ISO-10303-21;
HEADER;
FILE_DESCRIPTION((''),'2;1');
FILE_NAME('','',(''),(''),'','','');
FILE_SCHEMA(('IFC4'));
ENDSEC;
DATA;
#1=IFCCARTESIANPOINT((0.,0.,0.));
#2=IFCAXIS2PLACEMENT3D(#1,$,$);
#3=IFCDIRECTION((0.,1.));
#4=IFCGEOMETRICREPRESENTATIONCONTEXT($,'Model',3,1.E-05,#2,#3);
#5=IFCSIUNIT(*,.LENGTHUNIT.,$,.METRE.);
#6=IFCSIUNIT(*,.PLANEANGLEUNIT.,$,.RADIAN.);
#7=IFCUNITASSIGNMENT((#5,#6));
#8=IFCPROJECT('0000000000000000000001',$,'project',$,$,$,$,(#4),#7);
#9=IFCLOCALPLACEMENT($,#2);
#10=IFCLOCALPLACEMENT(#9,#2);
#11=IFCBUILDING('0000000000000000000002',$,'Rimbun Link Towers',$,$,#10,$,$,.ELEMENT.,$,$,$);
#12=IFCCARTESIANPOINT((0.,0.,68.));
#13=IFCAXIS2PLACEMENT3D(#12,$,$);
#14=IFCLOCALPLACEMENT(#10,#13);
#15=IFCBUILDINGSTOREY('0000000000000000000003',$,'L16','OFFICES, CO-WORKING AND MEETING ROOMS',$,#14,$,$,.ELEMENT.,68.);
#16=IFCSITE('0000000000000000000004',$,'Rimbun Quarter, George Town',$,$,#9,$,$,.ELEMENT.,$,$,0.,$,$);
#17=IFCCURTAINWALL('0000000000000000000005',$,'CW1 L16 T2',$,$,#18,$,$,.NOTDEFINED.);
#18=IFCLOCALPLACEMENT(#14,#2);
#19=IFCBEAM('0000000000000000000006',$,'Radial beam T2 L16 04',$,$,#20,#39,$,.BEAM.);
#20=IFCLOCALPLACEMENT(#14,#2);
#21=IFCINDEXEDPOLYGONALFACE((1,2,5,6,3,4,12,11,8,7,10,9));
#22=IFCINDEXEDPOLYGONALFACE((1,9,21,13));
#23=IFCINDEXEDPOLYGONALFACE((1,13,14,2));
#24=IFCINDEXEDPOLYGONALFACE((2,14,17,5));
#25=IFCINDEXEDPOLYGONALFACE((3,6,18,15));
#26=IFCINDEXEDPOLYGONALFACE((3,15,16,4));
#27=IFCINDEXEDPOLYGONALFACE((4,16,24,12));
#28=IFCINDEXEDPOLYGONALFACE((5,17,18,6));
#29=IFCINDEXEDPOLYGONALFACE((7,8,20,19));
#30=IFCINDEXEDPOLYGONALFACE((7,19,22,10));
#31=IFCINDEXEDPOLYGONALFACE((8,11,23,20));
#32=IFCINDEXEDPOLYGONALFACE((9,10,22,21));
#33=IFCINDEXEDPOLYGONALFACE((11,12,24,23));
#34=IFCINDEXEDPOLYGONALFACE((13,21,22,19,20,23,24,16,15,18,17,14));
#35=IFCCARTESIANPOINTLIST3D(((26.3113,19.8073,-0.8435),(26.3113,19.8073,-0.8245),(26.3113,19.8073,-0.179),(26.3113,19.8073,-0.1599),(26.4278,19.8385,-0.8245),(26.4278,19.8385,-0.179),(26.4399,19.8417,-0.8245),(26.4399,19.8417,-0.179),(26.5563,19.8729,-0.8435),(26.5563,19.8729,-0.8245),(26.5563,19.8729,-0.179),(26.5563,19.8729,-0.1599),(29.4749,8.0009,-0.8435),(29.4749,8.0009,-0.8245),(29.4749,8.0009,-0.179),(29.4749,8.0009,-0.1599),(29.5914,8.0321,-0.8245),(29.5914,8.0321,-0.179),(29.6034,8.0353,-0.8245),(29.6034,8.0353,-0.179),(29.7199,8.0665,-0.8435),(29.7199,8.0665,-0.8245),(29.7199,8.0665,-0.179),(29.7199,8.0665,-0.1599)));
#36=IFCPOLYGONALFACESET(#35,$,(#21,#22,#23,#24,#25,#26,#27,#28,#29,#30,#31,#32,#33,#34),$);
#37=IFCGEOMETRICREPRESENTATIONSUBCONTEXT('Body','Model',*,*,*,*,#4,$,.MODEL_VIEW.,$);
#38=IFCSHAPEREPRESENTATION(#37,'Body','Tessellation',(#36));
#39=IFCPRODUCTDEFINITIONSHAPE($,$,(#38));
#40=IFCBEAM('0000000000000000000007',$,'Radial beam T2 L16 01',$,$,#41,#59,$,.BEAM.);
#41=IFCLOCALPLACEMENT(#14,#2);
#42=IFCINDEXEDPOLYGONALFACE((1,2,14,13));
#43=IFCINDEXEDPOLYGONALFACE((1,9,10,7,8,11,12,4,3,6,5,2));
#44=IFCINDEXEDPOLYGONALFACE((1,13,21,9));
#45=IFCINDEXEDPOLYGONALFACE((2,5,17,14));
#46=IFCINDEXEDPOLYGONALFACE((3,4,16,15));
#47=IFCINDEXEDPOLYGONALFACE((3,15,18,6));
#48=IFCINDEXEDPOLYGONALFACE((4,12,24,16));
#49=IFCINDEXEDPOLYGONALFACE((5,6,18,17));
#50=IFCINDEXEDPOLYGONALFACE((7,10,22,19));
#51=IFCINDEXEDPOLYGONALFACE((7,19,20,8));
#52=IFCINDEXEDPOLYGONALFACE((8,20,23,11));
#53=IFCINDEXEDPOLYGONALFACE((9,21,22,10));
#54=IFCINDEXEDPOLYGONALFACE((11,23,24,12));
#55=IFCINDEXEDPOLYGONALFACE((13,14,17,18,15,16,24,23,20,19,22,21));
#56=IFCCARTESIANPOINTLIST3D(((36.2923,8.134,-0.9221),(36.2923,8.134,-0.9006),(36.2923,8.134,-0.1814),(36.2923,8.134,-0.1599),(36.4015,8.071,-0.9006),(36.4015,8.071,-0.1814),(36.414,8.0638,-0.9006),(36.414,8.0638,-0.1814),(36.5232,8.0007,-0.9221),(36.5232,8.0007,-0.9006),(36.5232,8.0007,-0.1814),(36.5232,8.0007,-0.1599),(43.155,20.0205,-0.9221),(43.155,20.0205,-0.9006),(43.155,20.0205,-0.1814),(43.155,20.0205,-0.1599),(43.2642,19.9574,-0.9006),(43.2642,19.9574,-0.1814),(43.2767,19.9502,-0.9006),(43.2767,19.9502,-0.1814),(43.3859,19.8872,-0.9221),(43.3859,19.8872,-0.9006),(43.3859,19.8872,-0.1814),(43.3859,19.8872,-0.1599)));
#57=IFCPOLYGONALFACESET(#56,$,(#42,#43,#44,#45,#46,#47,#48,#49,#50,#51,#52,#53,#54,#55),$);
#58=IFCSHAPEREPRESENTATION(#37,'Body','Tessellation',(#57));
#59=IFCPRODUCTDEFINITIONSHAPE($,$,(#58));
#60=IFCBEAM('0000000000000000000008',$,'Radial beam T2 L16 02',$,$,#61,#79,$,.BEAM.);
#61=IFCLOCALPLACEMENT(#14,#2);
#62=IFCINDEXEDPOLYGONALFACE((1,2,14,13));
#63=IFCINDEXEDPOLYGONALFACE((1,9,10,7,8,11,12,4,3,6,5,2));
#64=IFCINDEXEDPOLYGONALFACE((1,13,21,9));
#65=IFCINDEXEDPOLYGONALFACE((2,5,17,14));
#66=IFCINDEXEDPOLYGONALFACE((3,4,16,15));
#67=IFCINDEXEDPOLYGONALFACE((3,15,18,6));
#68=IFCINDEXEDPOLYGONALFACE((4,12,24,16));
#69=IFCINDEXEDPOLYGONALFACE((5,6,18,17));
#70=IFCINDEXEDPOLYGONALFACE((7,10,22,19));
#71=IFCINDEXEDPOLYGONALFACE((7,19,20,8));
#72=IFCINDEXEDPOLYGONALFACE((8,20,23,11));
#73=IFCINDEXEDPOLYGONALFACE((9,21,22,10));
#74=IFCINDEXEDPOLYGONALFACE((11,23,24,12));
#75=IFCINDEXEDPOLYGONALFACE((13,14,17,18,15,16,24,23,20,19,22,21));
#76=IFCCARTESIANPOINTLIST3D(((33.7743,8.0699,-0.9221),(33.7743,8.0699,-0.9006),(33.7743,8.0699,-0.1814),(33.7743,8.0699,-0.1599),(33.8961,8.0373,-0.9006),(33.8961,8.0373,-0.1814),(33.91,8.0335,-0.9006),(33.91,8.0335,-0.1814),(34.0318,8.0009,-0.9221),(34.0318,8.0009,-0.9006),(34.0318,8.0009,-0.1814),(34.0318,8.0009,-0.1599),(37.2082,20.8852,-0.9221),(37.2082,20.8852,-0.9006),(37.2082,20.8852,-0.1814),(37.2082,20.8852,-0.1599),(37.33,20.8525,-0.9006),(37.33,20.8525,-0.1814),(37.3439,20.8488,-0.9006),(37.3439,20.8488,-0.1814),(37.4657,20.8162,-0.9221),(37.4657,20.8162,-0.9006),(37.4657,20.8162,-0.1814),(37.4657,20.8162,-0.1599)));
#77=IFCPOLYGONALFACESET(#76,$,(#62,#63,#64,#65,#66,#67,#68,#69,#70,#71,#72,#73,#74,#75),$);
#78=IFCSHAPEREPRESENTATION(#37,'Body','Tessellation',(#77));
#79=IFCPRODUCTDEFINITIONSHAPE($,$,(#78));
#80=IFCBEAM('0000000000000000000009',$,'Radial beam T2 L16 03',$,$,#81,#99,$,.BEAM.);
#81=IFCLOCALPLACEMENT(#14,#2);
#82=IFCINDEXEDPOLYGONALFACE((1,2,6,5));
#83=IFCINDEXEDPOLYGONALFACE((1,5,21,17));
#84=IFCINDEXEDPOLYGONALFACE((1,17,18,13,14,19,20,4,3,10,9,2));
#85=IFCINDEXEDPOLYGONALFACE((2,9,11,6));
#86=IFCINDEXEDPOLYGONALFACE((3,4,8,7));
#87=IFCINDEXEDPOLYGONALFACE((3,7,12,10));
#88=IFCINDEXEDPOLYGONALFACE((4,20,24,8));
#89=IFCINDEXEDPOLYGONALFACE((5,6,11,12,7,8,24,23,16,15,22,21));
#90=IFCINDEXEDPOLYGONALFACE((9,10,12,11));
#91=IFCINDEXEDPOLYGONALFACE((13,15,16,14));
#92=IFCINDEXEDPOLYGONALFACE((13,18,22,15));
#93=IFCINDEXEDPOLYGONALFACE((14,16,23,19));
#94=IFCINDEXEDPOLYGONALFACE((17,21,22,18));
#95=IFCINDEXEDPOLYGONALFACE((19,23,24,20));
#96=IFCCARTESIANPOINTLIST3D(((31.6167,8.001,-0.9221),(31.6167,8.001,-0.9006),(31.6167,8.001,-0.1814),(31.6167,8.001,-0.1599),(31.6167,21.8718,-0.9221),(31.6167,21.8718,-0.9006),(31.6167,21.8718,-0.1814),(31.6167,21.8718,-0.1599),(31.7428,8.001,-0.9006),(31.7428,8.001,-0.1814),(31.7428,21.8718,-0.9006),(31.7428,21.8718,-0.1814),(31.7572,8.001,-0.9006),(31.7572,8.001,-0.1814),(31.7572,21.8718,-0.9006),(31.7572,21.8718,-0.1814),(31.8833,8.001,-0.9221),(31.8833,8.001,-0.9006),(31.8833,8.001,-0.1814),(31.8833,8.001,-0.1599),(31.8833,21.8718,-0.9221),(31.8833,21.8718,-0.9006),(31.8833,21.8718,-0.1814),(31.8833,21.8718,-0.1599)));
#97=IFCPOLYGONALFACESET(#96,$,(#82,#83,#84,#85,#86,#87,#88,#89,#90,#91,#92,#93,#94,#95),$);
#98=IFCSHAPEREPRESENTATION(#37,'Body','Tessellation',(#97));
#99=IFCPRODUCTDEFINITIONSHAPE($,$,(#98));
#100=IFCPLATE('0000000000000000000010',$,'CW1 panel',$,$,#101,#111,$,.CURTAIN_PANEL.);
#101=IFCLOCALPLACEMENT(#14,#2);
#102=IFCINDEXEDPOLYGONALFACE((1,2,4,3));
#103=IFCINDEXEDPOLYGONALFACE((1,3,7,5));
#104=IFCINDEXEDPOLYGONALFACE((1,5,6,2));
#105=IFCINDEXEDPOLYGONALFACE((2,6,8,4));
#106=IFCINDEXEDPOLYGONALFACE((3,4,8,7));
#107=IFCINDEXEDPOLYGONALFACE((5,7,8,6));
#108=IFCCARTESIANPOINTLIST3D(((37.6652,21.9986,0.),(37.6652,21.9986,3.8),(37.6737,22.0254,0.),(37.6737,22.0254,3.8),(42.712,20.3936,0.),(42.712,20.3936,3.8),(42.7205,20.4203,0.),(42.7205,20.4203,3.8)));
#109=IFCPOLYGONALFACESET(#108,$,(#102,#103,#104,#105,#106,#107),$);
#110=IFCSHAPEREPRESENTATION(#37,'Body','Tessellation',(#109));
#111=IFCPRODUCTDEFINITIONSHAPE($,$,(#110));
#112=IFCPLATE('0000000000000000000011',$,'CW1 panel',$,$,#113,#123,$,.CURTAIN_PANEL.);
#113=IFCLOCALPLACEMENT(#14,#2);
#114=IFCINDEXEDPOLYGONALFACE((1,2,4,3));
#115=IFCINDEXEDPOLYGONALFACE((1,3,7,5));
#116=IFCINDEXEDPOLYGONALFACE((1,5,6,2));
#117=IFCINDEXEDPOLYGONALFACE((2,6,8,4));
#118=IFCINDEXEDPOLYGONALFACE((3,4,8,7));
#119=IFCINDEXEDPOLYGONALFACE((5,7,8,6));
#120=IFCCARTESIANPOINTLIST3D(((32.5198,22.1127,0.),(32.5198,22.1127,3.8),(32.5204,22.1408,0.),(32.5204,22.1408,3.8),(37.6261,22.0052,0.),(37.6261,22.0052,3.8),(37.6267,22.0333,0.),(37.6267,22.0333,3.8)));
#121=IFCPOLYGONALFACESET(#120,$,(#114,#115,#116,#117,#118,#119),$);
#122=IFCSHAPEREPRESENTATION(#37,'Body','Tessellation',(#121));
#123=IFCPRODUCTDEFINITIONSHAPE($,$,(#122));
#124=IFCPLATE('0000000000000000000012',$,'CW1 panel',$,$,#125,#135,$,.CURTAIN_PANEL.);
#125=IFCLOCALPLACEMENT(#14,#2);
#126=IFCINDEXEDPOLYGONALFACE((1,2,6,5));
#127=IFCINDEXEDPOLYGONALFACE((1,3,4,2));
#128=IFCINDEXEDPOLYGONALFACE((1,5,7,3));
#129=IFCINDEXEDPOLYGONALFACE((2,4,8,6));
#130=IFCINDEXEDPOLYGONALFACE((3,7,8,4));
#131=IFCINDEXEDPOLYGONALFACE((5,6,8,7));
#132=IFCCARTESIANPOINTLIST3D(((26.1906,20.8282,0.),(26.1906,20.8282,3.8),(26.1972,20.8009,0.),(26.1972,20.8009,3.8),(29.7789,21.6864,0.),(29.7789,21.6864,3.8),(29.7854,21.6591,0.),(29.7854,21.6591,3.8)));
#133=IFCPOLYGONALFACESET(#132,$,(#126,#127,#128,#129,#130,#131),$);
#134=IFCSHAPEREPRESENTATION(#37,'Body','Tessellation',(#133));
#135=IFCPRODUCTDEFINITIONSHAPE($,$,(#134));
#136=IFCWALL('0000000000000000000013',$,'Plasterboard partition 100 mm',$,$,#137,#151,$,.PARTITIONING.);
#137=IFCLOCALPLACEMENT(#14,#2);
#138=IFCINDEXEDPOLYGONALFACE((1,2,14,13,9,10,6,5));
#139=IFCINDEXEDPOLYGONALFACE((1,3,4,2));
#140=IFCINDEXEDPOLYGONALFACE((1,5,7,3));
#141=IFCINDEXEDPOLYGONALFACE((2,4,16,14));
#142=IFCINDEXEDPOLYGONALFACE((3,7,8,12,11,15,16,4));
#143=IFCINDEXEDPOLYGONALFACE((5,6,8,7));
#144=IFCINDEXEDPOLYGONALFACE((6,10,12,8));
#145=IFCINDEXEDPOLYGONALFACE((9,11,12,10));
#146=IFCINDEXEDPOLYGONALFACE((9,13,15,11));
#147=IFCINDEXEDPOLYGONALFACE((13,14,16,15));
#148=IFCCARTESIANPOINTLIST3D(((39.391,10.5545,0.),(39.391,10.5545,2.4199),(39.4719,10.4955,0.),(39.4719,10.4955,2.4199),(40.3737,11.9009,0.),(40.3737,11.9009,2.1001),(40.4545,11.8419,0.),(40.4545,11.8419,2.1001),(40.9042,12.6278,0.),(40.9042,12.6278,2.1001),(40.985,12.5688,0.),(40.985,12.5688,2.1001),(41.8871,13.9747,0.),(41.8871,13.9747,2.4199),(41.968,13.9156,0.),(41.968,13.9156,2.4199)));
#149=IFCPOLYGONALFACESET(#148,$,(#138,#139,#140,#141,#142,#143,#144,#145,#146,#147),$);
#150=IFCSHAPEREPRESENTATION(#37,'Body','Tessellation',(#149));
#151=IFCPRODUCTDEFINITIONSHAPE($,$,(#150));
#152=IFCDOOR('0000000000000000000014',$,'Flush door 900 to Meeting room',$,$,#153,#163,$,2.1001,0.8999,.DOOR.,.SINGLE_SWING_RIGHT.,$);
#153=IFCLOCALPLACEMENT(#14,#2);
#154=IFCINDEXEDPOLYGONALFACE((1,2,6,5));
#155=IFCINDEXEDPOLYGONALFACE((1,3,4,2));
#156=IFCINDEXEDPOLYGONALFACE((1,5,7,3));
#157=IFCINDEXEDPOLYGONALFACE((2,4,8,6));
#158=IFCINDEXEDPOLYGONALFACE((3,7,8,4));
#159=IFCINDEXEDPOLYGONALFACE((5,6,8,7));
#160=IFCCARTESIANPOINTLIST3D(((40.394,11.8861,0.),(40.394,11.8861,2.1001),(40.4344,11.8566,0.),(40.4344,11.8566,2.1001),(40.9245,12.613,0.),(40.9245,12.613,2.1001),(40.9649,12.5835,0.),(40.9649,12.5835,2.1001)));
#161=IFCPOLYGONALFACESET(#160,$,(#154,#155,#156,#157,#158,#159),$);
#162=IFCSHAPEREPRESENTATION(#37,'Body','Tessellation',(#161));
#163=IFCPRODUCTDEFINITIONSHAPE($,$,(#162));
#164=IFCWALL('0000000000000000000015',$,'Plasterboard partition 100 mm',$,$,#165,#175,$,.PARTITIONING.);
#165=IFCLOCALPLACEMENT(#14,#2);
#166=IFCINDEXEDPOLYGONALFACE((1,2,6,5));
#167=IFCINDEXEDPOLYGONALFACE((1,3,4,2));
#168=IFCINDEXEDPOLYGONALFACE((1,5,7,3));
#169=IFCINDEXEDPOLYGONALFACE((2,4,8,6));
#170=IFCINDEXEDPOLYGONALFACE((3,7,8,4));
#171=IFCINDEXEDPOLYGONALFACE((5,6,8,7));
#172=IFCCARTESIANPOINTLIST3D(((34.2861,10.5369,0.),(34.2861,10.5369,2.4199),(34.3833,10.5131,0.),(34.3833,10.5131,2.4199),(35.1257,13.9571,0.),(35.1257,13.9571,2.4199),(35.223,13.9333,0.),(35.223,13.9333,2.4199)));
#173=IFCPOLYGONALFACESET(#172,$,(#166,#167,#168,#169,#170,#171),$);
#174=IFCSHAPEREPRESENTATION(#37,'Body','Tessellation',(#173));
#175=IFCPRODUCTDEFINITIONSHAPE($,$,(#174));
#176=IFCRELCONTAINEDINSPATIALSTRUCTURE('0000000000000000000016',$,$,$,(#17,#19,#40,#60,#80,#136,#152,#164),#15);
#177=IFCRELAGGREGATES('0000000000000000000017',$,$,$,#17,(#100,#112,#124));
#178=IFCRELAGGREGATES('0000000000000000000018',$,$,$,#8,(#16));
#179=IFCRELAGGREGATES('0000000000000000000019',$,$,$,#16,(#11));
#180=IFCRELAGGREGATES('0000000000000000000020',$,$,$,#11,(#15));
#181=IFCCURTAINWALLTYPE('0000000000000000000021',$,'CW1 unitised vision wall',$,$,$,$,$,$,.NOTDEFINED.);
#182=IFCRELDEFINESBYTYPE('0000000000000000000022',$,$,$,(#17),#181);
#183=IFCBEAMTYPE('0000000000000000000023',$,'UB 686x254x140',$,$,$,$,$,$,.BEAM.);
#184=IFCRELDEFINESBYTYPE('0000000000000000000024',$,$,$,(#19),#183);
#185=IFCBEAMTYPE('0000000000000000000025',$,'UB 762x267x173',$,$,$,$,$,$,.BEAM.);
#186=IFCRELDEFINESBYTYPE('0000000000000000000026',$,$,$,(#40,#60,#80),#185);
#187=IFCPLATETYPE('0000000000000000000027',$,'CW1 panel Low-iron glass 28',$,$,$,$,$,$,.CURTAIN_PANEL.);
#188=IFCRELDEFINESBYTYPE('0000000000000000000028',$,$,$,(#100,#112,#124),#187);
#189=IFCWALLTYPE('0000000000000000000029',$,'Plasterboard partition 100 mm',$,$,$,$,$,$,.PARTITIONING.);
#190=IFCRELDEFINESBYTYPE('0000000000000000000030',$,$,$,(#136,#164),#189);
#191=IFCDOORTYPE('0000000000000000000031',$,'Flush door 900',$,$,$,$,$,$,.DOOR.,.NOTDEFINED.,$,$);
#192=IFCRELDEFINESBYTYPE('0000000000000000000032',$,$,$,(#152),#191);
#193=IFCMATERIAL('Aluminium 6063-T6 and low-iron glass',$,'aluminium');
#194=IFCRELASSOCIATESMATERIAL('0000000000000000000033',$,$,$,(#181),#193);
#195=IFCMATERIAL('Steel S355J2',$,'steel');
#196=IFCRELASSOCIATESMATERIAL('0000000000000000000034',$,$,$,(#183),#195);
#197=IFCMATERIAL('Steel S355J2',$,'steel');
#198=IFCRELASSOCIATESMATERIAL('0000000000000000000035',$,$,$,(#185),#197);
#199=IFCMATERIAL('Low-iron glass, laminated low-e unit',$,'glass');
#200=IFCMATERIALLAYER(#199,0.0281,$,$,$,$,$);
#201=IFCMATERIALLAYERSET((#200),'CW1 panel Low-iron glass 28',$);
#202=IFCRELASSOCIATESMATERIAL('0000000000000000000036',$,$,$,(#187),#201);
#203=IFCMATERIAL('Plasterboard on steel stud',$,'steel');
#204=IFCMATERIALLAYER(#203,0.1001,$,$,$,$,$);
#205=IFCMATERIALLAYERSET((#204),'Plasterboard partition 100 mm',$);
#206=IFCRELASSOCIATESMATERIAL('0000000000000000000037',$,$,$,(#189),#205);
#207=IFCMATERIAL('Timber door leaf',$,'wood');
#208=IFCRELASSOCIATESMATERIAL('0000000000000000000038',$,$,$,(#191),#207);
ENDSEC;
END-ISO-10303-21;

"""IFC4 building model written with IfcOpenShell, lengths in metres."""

from ifc_helpers import new_model, si_unit, direction, frame, frame_2d, origin, origin_2d, place, context, subcontext, project, spatial, rectangle, i_section, extrude, material, layer, layer_set, material_profile, profile_set, type_object, element, fill, aggregate, save


model = new_model("IFC4")

# Units and contexts
model_context = context("Model", 3, precision=1e-05, world=origin(), true_north=direction((0.0, 1.0)))
body_context = subcontext(model_context, "Body", "Model", "MODEL_VIEW")
ifc_project = project(units=[si_unit("LENGTHUNIT", "METRE"), si_unit("PLANEANGLEUNIT", "RADIAN")], contexts=[model_context])

# Site, building, storey
site_placement = place(None, origin())
site = spatial("IfcSite", under=ifc_project, at=site_placement, Name="Rimbun Quarter, George Town", CompositionType="ELEMENT", RefElevation=0.0)
building_placement = place(site_placement, origin())
building = spatial("IfcBuilding", under=site, at=building_placement, Name="Rimbun Link Towers", CompositionType="ELEMENT")
storey_placement = place(building_placement, frame((0.0, 0.0, 68.0)))
storey = spatial("IfcBuildingStorey", under=building, at=storey_placement, Name="L16", Description="OFFICES, CO-WORKING AND MEETING ROOMS", CompositionType="ELEMENT", Elevation=68.0)

# Curtain wall
ifc_material_1 = material(Name="Aluminium 6063-T6 and low-iron glass", Category="aluminium")
curtain_wall_type = type_object("IfcCurtainWallType", Name="CW1 unitised vision wall", PredefinedType="NOTDEFINED", material=ifc_material_1)
curtain_wall_placement = place(storey_placement, origin())
curtain_wall = element("IfcCurtainWall", 1, at=curtain_wall_placement, inside=storey, type_object=curtain_wall_type, Name="CW1 L16 T2", PredefinedType="NOTDEFINED")

# Beams
ifc_material_2 = material(Name="Steel S355J2", Category="steel")
ifc_material_profile_1 = material_profile(ifc_material_2, i_section(OverallWidth=0.2537, OverallDepth=0.6836, WebThickness=0.0125, FlangeThickness=0.019, at=origin_2d()), Name="UB 686x254x140")
ifc_profile_set_1 = profile_set([ifc_material_profile_1], Name="Steel S355J2")
beam_type_1 = type_object("IfcBeamType", Name="UB 686x254x140", PredefinedType="BEAM", material=ifc_profile_set_1)
beam_1_placement = place(storey_placement, frame((29.5974, 8.0337, -0.5017), z_axis=(-0.258824, 0.965925, 0.0), x_axis=(-0.965925, -0.258824, 0.0)))
element("IfcBeam", 2, at=beam_1_placement, inside=storey, type_object=beam_type_1, Name="Radial beam T2 L16 04", PredefinedType="BEAM", context=body_context, shape_type="SweptSolid", body=[
    extrude(i_section(OverallWidth=0.2537, OverallDepth=0.6836, WebThickness=0.0125, FlangeThickness=0.019, at=origin_2d()), origin(), (0.0, 0.0, 1.0), 12.2229),
])
ifc_material_3 = material(Name="Steel S355J2", Category="steel")
ifc_material_profile_2 = material_profile(ifc_material_3, i_section(OverallWidth=0.2666, OverallDepth=0.7622, WebThickness=0.0144, FlangeThickness=0.0215, at=origin_2d()), Name="UB 762x267x173")
ifc_profile_set_2 = profile_set([ifc_material_profile_2], Name="Steel S355J2")
beam_type_2 = type_object("IfcBeamType", Name="UB 762x267x173", PredefinedType="BEAM", material=ifc_profile_set_2)
beam_2_placement = place(storey_placement, frame((36.4077, 8.0674, -0.541), z_axis=(0.500007, 0.866021, 0.0), x_axis=(-0.866021, 0.500007, 0.0)))
element("IfcBeam", 3, at=beam_2_placement, inside=storey, type_object=beam_type_2, Name="Radial beam T2 L16 01", PredefinedType="BEAM", context=body_context, shape_type="SweptSolid", body=[
    extrude(i_section(OverallWidth=0.2666, OverallDepth=0.7622, WebThickness=0.0144, FlangeThickness=0.0215, at=origin_2d()), origin(), (0.0, 0.0, 1.0), 13.7253),
])
beam_3_placement = place(storey_placement, frame((33.9031, 8.0354, -0.541), z_axis=(0.25882, 0.965925, 0.0), x_axis=(-0.965925, 0.25882, 0.0)))
element("IfcBeam", 4, at=beam_3_placement, inside=storey, type_object=beam_type_2, Name="Radial beam T2 L16 02", PredefinedType="BEAM", context=body_context, shape_type="SweptSolid", body=[
    extrude(i_section(OverallWidth=0.2666, OverallDepth=0.7622, WebThickness=0.0144, FlangeThickness=0.0215, at=origin_2d()), origin(), (0.0, 0.0, 1.0), 13.2673),
])
beam_4_placement = place(storey_placement, frame((31.75, 8.001, -0.541), z_axis=(0.0, 1.0, 0.0), x_axis=(-1.0, 0.0, 0.0)))
element("IfcBeam", 5, at=beam_4_placement, inside=storey, type_object=beam_type_2, Name="Radial beam T2 L16 03", PredefinedType="BEAM", context=body_context, shape_type="SweptSolid", body=[
    extrude(i_section(OverallWidth=0.2666, OverallDepth=0.7622, WebThickness=0.0144, FlangeThickness=0.0215, at=origin_2d()), origin(), (0.0, 0.0, 1.0), 13.8708),
])

# Plates
ifc_material_4 = material(Name="Low-iron glass, laminated low-e unit", Category="glass")
ifc_layer_1 = layer(ifc_material_4, 0.0281)
ifc_layer_set_1 = layer_set([ifc_layer_1], Name="CW1 panel Low-iron glass 28")
plate_type = type_object("IfcPlateType", Name="CW1 panel Low-iron glass 28", PredefinedType="CURTAIN_PANEL", material=ifc_layer_set_1)
plate_1_placement = place(storey_placement, frame((40.1929, 21.2095, 0.0), z_axis=(0.0, 0.0, 1.0), x_axis=(0.95297, -0.303066, 0.0)))
plate_1 = element("IfcPlate", 6, at=plate_1_placement, type_object=plate_type, Name="CW1 panel", PredefinedType="CURTAIN_PANEL", context=body_context, shape_type="SweptSolid", body=[
    extrude(rectangle(XDim=5.2959, YDim=0.0281, at=origin_2d()), origin(), (0.0, 0.0, 1.0), 3.8),
])
plate_2_placement = place(storey_placement, frame((35.0732, 22.073, 0.0), z_axis=(0.0, 0.0, 1.0), x_axis=(0.999778, -0.02106, 0.0)))
plate_2 = element("IfcPlate", 7, at=plate_2_placement, type_object=plate_type, Name="CW1 panel", PredefinedType="CURTAIN_PANEL", context=body_context, shape_type="SweptSolid", body=[
    extrude(rectangle(XDim=5.1074, YDim=0.0281, at=origin_2d()), origin(), (0.0, 0.0, 1.0), 3.8),
])
plate_3_placement = place(storey_placement, frame((27.988, 21.2437, 0.0), z_axis=(0.0, 0.0, 1.0), x_axis=(0.972572, 0.232601, 0.0)))
plate_3 = element("IfcPlate", 8, at=plate_3_placement, type_object=plate_type, Name="CW1 panel", PredefinedType="CURTAIN_PANEL", context=body_context, shape_type="SweptSolid", body=[
    extrude(rectangle(XDim=3.6895, YDim=0.0281, at=origin_2d()), origin(), (0.0, 0.0, 1.0), 3.8),
])
aggregate(curtain_wall, [plate_1, plate_2, plate_3])

# Wall, opening, door
ifc_material_5 = material(Name="Plasterboard on steel stud", Category="steel")
ifc_layer_2 = layer(ifc_material_5, 0.1001)
ifc_layer_set_2 = layer_set([ifc_layer_2], Name="Plasterboard partition 100 mm")
wall_type_1 = type_object("IfcWallType", Name="Plasterboard partition 100 mm", PredefinedType="PARTITIONING", material=ifc_layer_set_2)
wall_1_placement = place(storey_placement, frame((39.4314, 10.5249, 0.0), z_axis=(0.0, 0.0, 1.0), x_axis=(0.589515, 0.807758, 0.0)))
wall_1 = element("IfcWall", 9, at=wall_1_placement, inside=storey, type_object=wall_type_1, Name="Plasterboard partition 100 mm", PredefinedType="PARTITIONING", context=body_context, shape_type="SweptSolid", body=[
    extrude(rectangle(XDim=4.2341, YDim=0.1001, at=frame_2d((2.1172, 0.0))), origin(), (0.0, 0.0, 1.0), 2.4199),
])
opening_1_placement = place(wall_1_placement, frame((1.667, 0.0, 0.0)))
opening_1 = element("IfcOpeningElement", 10, at=opening_1_placement, cuts=wall_1, PredefinedType="OPENING", context=body_context, shape_type="SweptSolid", body=[
    extrude(rectangle(XDim=0.8999, YDim=2.1001, at=frame_2d((0.45, 1.05))), frame((0.0, 0.0601, 0.0), z_axis=(0.0, -1.0, 0.0), x_axis=(1.0, 0.0, 0.0)), (0.0, 0.0, 1.0), 0.1201),
])
ifc_material_6 = material(Name="Timber door leaf", Category="wood")
door_type_1 = type_object("IfcDoorType", Name="Flush door 900", OperationType="NOTDEFINED", PredefinedType="DOOR", material=ifc_material_6)
door_1_placement = place(opening_1_placement, origin())
door_1 = element("IfcDoor", 11, at=door_1_placement, inside=storey, type_object=door_type_1, Name="Flush door 900 to Meeting room", OperationType="SINGLE_SWING_RIGHT", OverallHeight=2.1001, OverallWidth=0.8999, PredefinedType="DOOR", context=body_context, shape_type="SweptSolid", body=[
    extrude(rectangle(XDim=0.8999, YDim=2.1001, at=frame_2d((0.45, 1.05))), frame((0.0, 0.0249, 0.0), z_axis=(0.0, -1.0, 0.0), x_axis=(1.0, 0.0, 0.0)), (0.0, 0.0, 1.0), 0.05),
])
fill(opening_1, door_1)

# Wall
wall_2_placement = place(storey_placement, frame((35.1743, 13.9451, 0.0), z_axis=(0.0, 0.0, 1.0), x_axis=(-0.238407, -0.971165, 0.0)))
element("IfcWall", 12, at=wall_2_placement, inside=storey, type_object=wall_type_1, Name="Plasterboard partition 100 mm", PredefinedType="PARTITIONING", context=body_context, shape_type="SweptSolid", body=[
    extrude(rectangle(XDim=3.5217, YDim=0.1001, at=frame_2d((1.7607, 0.0))), origin(), (0.0, 0.0, 1.0), 2.4199),
])

save(model, "model.ifc")
